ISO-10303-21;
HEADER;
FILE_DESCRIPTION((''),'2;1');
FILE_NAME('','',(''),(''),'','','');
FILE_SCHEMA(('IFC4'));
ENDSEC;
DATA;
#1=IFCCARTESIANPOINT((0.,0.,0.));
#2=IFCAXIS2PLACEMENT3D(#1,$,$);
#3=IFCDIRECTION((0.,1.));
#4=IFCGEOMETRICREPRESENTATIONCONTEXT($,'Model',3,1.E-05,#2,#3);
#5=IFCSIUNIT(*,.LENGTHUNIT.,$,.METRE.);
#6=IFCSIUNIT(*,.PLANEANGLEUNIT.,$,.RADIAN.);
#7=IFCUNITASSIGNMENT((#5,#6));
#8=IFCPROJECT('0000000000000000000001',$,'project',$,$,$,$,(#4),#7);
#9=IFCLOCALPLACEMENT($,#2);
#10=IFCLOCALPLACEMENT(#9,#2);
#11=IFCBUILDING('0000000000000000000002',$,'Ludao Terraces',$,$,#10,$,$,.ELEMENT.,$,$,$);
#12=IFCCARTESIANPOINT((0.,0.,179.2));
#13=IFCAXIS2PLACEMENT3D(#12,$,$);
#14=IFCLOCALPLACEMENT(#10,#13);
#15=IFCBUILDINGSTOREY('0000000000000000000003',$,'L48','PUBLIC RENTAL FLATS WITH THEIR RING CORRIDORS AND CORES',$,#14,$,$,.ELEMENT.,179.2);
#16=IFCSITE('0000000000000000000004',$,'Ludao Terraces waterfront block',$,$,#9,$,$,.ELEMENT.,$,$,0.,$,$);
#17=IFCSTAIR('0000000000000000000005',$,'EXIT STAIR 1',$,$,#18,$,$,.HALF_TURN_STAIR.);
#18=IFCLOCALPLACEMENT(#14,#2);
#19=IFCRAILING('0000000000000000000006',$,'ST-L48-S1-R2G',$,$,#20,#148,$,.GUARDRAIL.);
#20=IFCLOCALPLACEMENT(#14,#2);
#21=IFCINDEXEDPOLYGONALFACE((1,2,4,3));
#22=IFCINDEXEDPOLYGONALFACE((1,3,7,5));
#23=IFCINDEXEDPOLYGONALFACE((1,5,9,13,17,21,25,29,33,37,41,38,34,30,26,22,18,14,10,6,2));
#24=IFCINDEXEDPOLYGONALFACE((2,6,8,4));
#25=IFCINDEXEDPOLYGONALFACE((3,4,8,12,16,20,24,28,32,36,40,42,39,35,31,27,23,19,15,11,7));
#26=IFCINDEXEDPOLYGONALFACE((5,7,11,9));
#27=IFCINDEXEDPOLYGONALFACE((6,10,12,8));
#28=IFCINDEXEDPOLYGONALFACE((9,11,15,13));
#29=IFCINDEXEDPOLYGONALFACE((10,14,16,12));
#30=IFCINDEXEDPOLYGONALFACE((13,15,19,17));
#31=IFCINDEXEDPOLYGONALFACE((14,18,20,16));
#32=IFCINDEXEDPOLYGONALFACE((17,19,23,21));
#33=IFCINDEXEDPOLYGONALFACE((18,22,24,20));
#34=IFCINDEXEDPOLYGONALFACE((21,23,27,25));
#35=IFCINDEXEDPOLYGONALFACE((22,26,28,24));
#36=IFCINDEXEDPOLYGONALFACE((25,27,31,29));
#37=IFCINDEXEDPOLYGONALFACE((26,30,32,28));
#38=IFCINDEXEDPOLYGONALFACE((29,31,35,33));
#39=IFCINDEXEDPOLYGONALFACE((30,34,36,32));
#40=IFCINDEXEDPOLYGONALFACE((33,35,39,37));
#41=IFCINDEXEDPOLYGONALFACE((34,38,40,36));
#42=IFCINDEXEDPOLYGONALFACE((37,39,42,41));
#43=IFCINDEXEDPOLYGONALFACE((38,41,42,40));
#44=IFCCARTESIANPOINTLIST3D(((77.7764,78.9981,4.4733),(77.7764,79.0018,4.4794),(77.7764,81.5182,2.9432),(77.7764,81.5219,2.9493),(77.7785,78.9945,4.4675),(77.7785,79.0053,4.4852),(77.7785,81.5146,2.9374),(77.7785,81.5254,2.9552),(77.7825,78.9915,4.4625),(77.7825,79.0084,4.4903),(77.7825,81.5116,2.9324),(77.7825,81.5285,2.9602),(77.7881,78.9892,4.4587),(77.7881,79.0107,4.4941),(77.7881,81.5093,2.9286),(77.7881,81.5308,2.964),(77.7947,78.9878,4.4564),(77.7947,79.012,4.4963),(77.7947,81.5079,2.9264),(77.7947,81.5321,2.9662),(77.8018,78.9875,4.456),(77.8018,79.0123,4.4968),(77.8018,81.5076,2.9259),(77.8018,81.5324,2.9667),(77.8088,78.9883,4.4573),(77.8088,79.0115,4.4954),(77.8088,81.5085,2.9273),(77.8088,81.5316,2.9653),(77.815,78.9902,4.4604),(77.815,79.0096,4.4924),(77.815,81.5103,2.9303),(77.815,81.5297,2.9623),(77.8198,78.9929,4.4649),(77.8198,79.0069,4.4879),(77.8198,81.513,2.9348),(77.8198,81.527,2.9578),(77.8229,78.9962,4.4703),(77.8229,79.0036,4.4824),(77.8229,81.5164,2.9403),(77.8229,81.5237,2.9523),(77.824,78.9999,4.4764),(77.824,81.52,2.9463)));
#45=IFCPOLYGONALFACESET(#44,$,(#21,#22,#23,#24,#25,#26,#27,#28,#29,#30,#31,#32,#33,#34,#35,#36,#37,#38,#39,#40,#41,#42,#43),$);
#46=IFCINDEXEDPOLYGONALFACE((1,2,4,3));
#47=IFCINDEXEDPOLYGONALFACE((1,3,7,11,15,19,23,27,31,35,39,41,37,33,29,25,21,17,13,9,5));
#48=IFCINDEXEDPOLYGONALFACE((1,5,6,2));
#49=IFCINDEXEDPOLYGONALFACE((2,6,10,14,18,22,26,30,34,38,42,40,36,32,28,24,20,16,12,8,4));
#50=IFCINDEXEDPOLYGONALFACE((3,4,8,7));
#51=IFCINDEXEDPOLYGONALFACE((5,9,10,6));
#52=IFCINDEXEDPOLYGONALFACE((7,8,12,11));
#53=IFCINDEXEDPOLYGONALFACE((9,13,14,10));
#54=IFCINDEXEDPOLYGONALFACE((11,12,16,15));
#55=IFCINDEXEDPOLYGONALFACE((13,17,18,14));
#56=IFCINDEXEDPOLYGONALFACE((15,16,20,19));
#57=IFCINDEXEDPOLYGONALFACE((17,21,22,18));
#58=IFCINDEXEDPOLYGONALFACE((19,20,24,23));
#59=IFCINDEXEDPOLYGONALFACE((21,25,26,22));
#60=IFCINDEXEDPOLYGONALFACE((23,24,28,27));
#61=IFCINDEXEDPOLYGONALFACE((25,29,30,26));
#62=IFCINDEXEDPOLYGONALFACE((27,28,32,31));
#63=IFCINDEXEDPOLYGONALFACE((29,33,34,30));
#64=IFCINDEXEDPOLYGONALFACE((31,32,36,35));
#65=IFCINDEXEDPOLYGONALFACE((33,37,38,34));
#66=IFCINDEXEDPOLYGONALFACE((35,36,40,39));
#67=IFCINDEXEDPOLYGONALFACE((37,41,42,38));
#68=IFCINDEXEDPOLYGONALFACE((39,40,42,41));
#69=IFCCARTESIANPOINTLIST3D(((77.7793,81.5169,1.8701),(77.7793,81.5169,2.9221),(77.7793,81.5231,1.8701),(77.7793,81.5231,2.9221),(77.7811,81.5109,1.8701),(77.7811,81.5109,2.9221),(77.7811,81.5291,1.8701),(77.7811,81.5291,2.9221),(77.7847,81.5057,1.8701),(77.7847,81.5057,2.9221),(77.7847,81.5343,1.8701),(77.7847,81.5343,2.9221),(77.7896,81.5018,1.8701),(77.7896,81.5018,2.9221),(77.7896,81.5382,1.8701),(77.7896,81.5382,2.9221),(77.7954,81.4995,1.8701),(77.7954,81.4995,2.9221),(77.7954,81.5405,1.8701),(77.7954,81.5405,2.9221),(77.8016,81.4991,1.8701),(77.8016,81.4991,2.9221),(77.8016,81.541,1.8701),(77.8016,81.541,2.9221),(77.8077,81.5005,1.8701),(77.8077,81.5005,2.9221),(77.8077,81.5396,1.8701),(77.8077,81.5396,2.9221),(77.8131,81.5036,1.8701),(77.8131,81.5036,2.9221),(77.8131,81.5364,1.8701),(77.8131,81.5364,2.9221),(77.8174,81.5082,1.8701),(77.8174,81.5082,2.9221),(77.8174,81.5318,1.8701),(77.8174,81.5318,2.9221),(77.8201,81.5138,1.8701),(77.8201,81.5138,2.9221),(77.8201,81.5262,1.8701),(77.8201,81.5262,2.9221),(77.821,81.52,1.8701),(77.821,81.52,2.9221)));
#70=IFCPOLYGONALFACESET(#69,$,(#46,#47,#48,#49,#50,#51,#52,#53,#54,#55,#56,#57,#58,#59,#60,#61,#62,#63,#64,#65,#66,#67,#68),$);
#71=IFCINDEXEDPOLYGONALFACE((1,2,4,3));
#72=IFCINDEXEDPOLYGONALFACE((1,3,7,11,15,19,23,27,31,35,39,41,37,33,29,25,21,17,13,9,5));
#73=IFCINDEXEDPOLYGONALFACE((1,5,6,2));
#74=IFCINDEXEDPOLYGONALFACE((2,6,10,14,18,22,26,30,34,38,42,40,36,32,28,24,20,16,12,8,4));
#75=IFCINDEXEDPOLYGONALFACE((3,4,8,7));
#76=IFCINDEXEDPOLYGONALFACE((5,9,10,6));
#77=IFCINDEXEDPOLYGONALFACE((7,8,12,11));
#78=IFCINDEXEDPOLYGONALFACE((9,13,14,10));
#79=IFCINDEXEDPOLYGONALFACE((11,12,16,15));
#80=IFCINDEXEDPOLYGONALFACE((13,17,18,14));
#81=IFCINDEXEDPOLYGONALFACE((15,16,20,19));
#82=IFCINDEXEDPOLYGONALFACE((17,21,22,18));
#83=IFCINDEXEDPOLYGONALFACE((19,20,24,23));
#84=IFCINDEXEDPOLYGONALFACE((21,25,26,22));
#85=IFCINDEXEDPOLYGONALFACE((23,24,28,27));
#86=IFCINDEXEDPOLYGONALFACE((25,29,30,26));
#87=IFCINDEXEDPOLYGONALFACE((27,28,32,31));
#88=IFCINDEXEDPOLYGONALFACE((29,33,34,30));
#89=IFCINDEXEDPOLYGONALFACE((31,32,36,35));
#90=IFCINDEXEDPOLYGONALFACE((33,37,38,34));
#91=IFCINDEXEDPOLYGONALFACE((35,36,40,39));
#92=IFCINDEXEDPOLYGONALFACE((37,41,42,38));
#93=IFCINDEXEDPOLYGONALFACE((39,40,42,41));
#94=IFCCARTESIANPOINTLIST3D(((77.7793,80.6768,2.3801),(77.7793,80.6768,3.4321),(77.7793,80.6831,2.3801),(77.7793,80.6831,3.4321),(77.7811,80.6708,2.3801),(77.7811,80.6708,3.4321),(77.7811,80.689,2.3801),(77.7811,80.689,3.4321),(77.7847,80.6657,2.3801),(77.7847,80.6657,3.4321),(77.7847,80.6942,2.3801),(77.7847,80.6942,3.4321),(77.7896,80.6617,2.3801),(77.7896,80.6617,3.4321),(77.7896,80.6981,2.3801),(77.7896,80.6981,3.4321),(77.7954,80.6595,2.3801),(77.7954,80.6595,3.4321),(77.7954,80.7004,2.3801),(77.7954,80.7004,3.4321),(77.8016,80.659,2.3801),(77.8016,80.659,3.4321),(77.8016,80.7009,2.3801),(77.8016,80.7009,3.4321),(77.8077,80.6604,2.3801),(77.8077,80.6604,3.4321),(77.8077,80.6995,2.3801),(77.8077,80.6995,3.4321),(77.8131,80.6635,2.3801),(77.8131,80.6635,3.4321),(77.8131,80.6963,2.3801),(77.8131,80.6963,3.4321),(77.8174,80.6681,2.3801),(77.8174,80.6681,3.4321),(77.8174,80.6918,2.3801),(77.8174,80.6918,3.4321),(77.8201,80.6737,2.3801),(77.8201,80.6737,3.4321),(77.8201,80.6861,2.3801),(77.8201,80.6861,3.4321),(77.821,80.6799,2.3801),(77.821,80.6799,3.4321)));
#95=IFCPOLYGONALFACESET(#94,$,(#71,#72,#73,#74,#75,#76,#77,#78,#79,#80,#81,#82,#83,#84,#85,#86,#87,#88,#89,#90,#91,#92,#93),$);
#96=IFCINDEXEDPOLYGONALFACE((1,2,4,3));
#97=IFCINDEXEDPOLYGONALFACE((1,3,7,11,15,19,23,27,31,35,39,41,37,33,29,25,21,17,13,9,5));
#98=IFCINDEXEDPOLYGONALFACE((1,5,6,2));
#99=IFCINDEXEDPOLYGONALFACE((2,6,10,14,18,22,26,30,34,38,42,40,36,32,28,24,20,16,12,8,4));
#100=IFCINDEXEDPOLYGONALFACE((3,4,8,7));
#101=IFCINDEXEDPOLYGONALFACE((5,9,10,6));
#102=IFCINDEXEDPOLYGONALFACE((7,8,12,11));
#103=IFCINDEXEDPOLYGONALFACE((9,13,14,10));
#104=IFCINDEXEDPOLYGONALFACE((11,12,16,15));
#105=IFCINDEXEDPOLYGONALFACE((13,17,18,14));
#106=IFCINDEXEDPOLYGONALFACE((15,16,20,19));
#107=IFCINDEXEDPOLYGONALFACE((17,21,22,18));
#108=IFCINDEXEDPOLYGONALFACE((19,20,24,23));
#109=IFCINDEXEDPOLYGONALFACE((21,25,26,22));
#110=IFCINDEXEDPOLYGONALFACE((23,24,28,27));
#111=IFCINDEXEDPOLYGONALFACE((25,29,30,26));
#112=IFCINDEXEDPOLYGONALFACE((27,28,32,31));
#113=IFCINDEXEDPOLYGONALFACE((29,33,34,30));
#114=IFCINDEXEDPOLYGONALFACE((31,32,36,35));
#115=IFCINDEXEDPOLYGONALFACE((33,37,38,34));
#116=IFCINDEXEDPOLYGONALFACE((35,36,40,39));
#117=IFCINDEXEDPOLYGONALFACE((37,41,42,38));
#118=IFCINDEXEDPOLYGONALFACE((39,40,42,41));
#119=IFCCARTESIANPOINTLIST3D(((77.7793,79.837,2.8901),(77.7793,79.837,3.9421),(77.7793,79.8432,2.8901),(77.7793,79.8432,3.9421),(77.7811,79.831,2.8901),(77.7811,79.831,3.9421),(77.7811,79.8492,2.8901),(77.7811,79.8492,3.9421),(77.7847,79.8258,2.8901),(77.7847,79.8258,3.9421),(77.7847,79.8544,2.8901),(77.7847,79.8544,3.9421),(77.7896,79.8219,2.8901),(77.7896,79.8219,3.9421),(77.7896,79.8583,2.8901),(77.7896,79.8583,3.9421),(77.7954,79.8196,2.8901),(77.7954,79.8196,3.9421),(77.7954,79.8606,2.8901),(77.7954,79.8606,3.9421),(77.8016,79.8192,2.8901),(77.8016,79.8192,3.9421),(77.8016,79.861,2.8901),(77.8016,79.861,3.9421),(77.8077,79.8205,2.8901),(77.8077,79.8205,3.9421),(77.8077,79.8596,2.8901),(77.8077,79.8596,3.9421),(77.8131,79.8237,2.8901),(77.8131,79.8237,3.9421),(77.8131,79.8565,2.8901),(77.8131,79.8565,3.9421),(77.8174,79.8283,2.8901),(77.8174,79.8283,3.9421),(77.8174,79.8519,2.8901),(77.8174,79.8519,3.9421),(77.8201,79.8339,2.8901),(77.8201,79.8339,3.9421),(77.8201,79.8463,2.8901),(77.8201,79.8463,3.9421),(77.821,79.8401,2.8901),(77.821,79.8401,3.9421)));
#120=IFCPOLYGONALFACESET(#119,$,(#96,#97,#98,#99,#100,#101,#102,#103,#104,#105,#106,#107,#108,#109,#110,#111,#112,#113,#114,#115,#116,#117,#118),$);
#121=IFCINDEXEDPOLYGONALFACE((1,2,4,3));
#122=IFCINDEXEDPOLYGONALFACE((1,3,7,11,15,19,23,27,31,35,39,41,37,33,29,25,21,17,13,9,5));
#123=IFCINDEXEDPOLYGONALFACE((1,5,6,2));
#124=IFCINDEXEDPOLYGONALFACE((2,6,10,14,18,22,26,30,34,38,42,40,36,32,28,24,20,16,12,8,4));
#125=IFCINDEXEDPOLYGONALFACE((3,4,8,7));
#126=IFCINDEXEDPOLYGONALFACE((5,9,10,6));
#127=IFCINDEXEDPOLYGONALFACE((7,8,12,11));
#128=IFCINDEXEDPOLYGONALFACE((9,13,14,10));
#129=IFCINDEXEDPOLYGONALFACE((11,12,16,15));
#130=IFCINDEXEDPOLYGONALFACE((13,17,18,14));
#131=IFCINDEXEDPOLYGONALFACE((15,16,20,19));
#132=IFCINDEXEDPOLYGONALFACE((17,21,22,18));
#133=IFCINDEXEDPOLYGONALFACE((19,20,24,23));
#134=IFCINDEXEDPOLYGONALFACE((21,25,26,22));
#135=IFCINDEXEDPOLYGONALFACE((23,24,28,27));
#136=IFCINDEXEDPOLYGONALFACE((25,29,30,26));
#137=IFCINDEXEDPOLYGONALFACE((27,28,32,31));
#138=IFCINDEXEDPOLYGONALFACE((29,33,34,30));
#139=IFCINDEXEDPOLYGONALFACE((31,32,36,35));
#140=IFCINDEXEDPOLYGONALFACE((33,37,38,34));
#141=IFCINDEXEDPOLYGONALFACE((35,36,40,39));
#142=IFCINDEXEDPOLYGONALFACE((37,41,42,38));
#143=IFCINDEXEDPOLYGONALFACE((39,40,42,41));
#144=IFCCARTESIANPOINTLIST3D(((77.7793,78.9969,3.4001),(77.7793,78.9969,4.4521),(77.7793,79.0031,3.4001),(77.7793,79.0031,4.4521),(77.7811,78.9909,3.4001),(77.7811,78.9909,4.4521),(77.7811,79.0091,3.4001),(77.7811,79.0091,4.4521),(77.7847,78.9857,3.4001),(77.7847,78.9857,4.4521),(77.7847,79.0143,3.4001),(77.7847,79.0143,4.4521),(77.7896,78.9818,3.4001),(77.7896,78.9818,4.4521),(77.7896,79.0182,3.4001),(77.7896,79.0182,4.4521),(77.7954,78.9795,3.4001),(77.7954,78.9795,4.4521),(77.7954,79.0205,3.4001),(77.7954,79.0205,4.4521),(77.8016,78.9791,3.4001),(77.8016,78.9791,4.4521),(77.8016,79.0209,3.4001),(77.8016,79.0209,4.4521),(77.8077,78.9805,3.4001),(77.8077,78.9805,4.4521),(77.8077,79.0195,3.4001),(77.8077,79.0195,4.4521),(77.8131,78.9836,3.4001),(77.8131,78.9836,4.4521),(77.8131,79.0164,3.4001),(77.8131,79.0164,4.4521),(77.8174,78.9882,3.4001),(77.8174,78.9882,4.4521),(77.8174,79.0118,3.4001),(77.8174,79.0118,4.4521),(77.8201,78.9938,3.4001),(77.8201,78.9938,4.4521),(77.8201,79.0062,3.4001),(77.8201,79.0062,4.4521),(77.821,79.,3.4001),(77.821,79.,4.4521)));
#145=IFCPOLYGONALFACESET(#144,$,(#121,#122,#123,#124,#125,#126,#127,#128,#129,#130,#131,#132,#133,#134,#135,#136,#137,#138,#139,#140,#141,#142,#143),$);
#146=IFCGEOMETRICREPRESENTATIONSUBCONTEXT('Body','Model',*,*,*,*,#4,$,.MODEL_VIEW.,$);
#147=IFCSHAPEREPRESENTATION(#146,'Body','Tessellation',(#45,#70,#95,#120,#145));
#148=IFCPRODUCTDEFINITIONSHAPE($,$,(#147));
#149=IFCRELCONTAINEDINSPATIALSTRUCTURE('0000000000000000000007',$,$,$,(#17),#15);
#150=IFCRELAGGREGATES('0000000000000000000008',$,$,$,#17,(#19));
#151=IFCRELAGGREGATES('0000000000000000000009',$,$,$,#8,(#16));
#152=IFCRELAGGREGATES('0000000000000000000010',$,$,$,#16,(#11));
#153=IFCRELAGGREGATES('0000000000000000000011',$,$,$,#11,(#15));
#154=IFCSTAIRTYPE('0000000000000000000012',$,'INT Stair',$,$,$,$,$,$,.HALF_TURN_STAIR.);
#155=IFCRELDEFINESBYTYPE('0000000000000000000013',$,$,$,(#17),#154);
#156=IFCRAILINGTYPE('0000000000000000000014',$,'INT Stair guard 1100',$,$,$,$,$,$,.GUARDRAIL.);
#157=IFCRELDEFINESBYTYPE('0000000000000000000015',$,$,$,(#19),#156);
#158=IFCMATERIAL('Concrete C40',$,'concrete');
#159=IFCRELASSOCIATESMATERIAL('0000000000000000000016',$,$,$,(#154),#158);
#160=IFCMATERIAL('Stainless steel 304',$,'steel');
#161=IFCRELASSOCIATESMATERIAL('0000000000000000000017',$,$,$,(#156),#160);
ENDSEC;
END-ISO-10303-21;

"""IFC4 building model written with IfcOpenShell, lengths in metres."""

from ifc_helpers import new_model, si_unit, direction, frame, origin, origin_2d, place, context, subcontext, project, spatial, circle, extrude, material, type_object, element, aggregate, save


model = new_model("IFC4")

# Units and contexts
model_context = context("Model", 3, precision=1e-05, world=origin(), true_north=direction((0.0, 1.0)))
body_context = subcontext(model_context, "Body", "Model", "MODEL_VIEW")
ifc_project = project(units=[si_unit("LENGTHUNIT", "METRE"), si_unit("PLANEANGLEUNIT", "RADIAN")], contexts=[model_context])

# Site, building, storey
site_placement = place(None, origin())
site = spatial("IfcSite", under=ifc_project, at=site_placement, Name="Ludao Terraces waterfront block", CompositionType="ELEMENT", RefElevation=0.0)
building_placement = place(site_placement, origin())
building = spatial("IfcBuilding", under=site, at=building_placement, Name="Ludao Terraces", CompositionType="ELEMENT")
storey_placement = place(building_placement, frame((0.0, 0.0, 179.2)))
storey = spatial("IfcBuildingStorey", under=building, at=storey_placement, Name="L48", Description="PUBLIC RENTAL FLATS WITH THEIR RING CORRIDORS AND CORES", CompositionType="ELEMENT", Elevation=179.2)

# Shared definitions
ifc_material_1 = material(Name="Stainless steel 304", Category="steel")

# Stair, railing
ifc_material_2 = material(Name="Concrete C40", Category="concrete")
stair_type = type_object("IfcStairType", Name="INT Stair", PredefinedType="HALF_TURN_STAIR", material=ifc_material_2)
stair_placement = place(storey_placement, origin())
stair = element("IfcStair", 1, at=stair_placement, inside=storey, type_object=stair_type, Name="EXIT STAIR 1", PredefinedType="HALF_TURN_STAIR")
railing_type_1 = type_object("IfcRailingType", Name="INT Stair guard 1100", PredefinedType="GUARDRAIL", material=ifc_material_1)
railing_1_placement = place(storey_placement, frame((77.8, 81.52, 1.8701)))
railing_1 = element("IfcRailing", 2, at=railing_1_placement, type_object=railing_type_1, Name="ST-L48-S1-R2G", PredefinedType="GUARDRAIL", context=body_context, shape_type="SweptSolid", body=[
    extrude(circle(Radius=0.0239, at=origin_2d()), frame((0.0, 0.0, 1.0762), z_axis=(0.0, -0.854785, 0.518982), x_axis=(1.0, 0.0, 0.0)), (0.0, 0.0, 1.0), 2.9482),
    extrude(circle(Radius=0.021, at=origin_2d()), origin(), (0.0, 0.0, 1.0), 1.052),
    extrude(circle(Radius=0.021, at=origin_2d()), frame((0.0, -0.8401, 0.51)), (0.0, 0.0, 1.0), 1.052),
    extrude(circle(Radius=0.021, at=origin_2d()), frame((0.0, -1.6799, 1.02)), (0.0, 0.0, 1.0), 1.052),
    extrude(circle(Radius=0.021, at=origin_2d()), frame((0.0, -2.52, 1.53)), (0.0, 0.0, 1.0), 1.052),
])
aggregate(stair, [railing_1])

save(model, "model.ifc")
